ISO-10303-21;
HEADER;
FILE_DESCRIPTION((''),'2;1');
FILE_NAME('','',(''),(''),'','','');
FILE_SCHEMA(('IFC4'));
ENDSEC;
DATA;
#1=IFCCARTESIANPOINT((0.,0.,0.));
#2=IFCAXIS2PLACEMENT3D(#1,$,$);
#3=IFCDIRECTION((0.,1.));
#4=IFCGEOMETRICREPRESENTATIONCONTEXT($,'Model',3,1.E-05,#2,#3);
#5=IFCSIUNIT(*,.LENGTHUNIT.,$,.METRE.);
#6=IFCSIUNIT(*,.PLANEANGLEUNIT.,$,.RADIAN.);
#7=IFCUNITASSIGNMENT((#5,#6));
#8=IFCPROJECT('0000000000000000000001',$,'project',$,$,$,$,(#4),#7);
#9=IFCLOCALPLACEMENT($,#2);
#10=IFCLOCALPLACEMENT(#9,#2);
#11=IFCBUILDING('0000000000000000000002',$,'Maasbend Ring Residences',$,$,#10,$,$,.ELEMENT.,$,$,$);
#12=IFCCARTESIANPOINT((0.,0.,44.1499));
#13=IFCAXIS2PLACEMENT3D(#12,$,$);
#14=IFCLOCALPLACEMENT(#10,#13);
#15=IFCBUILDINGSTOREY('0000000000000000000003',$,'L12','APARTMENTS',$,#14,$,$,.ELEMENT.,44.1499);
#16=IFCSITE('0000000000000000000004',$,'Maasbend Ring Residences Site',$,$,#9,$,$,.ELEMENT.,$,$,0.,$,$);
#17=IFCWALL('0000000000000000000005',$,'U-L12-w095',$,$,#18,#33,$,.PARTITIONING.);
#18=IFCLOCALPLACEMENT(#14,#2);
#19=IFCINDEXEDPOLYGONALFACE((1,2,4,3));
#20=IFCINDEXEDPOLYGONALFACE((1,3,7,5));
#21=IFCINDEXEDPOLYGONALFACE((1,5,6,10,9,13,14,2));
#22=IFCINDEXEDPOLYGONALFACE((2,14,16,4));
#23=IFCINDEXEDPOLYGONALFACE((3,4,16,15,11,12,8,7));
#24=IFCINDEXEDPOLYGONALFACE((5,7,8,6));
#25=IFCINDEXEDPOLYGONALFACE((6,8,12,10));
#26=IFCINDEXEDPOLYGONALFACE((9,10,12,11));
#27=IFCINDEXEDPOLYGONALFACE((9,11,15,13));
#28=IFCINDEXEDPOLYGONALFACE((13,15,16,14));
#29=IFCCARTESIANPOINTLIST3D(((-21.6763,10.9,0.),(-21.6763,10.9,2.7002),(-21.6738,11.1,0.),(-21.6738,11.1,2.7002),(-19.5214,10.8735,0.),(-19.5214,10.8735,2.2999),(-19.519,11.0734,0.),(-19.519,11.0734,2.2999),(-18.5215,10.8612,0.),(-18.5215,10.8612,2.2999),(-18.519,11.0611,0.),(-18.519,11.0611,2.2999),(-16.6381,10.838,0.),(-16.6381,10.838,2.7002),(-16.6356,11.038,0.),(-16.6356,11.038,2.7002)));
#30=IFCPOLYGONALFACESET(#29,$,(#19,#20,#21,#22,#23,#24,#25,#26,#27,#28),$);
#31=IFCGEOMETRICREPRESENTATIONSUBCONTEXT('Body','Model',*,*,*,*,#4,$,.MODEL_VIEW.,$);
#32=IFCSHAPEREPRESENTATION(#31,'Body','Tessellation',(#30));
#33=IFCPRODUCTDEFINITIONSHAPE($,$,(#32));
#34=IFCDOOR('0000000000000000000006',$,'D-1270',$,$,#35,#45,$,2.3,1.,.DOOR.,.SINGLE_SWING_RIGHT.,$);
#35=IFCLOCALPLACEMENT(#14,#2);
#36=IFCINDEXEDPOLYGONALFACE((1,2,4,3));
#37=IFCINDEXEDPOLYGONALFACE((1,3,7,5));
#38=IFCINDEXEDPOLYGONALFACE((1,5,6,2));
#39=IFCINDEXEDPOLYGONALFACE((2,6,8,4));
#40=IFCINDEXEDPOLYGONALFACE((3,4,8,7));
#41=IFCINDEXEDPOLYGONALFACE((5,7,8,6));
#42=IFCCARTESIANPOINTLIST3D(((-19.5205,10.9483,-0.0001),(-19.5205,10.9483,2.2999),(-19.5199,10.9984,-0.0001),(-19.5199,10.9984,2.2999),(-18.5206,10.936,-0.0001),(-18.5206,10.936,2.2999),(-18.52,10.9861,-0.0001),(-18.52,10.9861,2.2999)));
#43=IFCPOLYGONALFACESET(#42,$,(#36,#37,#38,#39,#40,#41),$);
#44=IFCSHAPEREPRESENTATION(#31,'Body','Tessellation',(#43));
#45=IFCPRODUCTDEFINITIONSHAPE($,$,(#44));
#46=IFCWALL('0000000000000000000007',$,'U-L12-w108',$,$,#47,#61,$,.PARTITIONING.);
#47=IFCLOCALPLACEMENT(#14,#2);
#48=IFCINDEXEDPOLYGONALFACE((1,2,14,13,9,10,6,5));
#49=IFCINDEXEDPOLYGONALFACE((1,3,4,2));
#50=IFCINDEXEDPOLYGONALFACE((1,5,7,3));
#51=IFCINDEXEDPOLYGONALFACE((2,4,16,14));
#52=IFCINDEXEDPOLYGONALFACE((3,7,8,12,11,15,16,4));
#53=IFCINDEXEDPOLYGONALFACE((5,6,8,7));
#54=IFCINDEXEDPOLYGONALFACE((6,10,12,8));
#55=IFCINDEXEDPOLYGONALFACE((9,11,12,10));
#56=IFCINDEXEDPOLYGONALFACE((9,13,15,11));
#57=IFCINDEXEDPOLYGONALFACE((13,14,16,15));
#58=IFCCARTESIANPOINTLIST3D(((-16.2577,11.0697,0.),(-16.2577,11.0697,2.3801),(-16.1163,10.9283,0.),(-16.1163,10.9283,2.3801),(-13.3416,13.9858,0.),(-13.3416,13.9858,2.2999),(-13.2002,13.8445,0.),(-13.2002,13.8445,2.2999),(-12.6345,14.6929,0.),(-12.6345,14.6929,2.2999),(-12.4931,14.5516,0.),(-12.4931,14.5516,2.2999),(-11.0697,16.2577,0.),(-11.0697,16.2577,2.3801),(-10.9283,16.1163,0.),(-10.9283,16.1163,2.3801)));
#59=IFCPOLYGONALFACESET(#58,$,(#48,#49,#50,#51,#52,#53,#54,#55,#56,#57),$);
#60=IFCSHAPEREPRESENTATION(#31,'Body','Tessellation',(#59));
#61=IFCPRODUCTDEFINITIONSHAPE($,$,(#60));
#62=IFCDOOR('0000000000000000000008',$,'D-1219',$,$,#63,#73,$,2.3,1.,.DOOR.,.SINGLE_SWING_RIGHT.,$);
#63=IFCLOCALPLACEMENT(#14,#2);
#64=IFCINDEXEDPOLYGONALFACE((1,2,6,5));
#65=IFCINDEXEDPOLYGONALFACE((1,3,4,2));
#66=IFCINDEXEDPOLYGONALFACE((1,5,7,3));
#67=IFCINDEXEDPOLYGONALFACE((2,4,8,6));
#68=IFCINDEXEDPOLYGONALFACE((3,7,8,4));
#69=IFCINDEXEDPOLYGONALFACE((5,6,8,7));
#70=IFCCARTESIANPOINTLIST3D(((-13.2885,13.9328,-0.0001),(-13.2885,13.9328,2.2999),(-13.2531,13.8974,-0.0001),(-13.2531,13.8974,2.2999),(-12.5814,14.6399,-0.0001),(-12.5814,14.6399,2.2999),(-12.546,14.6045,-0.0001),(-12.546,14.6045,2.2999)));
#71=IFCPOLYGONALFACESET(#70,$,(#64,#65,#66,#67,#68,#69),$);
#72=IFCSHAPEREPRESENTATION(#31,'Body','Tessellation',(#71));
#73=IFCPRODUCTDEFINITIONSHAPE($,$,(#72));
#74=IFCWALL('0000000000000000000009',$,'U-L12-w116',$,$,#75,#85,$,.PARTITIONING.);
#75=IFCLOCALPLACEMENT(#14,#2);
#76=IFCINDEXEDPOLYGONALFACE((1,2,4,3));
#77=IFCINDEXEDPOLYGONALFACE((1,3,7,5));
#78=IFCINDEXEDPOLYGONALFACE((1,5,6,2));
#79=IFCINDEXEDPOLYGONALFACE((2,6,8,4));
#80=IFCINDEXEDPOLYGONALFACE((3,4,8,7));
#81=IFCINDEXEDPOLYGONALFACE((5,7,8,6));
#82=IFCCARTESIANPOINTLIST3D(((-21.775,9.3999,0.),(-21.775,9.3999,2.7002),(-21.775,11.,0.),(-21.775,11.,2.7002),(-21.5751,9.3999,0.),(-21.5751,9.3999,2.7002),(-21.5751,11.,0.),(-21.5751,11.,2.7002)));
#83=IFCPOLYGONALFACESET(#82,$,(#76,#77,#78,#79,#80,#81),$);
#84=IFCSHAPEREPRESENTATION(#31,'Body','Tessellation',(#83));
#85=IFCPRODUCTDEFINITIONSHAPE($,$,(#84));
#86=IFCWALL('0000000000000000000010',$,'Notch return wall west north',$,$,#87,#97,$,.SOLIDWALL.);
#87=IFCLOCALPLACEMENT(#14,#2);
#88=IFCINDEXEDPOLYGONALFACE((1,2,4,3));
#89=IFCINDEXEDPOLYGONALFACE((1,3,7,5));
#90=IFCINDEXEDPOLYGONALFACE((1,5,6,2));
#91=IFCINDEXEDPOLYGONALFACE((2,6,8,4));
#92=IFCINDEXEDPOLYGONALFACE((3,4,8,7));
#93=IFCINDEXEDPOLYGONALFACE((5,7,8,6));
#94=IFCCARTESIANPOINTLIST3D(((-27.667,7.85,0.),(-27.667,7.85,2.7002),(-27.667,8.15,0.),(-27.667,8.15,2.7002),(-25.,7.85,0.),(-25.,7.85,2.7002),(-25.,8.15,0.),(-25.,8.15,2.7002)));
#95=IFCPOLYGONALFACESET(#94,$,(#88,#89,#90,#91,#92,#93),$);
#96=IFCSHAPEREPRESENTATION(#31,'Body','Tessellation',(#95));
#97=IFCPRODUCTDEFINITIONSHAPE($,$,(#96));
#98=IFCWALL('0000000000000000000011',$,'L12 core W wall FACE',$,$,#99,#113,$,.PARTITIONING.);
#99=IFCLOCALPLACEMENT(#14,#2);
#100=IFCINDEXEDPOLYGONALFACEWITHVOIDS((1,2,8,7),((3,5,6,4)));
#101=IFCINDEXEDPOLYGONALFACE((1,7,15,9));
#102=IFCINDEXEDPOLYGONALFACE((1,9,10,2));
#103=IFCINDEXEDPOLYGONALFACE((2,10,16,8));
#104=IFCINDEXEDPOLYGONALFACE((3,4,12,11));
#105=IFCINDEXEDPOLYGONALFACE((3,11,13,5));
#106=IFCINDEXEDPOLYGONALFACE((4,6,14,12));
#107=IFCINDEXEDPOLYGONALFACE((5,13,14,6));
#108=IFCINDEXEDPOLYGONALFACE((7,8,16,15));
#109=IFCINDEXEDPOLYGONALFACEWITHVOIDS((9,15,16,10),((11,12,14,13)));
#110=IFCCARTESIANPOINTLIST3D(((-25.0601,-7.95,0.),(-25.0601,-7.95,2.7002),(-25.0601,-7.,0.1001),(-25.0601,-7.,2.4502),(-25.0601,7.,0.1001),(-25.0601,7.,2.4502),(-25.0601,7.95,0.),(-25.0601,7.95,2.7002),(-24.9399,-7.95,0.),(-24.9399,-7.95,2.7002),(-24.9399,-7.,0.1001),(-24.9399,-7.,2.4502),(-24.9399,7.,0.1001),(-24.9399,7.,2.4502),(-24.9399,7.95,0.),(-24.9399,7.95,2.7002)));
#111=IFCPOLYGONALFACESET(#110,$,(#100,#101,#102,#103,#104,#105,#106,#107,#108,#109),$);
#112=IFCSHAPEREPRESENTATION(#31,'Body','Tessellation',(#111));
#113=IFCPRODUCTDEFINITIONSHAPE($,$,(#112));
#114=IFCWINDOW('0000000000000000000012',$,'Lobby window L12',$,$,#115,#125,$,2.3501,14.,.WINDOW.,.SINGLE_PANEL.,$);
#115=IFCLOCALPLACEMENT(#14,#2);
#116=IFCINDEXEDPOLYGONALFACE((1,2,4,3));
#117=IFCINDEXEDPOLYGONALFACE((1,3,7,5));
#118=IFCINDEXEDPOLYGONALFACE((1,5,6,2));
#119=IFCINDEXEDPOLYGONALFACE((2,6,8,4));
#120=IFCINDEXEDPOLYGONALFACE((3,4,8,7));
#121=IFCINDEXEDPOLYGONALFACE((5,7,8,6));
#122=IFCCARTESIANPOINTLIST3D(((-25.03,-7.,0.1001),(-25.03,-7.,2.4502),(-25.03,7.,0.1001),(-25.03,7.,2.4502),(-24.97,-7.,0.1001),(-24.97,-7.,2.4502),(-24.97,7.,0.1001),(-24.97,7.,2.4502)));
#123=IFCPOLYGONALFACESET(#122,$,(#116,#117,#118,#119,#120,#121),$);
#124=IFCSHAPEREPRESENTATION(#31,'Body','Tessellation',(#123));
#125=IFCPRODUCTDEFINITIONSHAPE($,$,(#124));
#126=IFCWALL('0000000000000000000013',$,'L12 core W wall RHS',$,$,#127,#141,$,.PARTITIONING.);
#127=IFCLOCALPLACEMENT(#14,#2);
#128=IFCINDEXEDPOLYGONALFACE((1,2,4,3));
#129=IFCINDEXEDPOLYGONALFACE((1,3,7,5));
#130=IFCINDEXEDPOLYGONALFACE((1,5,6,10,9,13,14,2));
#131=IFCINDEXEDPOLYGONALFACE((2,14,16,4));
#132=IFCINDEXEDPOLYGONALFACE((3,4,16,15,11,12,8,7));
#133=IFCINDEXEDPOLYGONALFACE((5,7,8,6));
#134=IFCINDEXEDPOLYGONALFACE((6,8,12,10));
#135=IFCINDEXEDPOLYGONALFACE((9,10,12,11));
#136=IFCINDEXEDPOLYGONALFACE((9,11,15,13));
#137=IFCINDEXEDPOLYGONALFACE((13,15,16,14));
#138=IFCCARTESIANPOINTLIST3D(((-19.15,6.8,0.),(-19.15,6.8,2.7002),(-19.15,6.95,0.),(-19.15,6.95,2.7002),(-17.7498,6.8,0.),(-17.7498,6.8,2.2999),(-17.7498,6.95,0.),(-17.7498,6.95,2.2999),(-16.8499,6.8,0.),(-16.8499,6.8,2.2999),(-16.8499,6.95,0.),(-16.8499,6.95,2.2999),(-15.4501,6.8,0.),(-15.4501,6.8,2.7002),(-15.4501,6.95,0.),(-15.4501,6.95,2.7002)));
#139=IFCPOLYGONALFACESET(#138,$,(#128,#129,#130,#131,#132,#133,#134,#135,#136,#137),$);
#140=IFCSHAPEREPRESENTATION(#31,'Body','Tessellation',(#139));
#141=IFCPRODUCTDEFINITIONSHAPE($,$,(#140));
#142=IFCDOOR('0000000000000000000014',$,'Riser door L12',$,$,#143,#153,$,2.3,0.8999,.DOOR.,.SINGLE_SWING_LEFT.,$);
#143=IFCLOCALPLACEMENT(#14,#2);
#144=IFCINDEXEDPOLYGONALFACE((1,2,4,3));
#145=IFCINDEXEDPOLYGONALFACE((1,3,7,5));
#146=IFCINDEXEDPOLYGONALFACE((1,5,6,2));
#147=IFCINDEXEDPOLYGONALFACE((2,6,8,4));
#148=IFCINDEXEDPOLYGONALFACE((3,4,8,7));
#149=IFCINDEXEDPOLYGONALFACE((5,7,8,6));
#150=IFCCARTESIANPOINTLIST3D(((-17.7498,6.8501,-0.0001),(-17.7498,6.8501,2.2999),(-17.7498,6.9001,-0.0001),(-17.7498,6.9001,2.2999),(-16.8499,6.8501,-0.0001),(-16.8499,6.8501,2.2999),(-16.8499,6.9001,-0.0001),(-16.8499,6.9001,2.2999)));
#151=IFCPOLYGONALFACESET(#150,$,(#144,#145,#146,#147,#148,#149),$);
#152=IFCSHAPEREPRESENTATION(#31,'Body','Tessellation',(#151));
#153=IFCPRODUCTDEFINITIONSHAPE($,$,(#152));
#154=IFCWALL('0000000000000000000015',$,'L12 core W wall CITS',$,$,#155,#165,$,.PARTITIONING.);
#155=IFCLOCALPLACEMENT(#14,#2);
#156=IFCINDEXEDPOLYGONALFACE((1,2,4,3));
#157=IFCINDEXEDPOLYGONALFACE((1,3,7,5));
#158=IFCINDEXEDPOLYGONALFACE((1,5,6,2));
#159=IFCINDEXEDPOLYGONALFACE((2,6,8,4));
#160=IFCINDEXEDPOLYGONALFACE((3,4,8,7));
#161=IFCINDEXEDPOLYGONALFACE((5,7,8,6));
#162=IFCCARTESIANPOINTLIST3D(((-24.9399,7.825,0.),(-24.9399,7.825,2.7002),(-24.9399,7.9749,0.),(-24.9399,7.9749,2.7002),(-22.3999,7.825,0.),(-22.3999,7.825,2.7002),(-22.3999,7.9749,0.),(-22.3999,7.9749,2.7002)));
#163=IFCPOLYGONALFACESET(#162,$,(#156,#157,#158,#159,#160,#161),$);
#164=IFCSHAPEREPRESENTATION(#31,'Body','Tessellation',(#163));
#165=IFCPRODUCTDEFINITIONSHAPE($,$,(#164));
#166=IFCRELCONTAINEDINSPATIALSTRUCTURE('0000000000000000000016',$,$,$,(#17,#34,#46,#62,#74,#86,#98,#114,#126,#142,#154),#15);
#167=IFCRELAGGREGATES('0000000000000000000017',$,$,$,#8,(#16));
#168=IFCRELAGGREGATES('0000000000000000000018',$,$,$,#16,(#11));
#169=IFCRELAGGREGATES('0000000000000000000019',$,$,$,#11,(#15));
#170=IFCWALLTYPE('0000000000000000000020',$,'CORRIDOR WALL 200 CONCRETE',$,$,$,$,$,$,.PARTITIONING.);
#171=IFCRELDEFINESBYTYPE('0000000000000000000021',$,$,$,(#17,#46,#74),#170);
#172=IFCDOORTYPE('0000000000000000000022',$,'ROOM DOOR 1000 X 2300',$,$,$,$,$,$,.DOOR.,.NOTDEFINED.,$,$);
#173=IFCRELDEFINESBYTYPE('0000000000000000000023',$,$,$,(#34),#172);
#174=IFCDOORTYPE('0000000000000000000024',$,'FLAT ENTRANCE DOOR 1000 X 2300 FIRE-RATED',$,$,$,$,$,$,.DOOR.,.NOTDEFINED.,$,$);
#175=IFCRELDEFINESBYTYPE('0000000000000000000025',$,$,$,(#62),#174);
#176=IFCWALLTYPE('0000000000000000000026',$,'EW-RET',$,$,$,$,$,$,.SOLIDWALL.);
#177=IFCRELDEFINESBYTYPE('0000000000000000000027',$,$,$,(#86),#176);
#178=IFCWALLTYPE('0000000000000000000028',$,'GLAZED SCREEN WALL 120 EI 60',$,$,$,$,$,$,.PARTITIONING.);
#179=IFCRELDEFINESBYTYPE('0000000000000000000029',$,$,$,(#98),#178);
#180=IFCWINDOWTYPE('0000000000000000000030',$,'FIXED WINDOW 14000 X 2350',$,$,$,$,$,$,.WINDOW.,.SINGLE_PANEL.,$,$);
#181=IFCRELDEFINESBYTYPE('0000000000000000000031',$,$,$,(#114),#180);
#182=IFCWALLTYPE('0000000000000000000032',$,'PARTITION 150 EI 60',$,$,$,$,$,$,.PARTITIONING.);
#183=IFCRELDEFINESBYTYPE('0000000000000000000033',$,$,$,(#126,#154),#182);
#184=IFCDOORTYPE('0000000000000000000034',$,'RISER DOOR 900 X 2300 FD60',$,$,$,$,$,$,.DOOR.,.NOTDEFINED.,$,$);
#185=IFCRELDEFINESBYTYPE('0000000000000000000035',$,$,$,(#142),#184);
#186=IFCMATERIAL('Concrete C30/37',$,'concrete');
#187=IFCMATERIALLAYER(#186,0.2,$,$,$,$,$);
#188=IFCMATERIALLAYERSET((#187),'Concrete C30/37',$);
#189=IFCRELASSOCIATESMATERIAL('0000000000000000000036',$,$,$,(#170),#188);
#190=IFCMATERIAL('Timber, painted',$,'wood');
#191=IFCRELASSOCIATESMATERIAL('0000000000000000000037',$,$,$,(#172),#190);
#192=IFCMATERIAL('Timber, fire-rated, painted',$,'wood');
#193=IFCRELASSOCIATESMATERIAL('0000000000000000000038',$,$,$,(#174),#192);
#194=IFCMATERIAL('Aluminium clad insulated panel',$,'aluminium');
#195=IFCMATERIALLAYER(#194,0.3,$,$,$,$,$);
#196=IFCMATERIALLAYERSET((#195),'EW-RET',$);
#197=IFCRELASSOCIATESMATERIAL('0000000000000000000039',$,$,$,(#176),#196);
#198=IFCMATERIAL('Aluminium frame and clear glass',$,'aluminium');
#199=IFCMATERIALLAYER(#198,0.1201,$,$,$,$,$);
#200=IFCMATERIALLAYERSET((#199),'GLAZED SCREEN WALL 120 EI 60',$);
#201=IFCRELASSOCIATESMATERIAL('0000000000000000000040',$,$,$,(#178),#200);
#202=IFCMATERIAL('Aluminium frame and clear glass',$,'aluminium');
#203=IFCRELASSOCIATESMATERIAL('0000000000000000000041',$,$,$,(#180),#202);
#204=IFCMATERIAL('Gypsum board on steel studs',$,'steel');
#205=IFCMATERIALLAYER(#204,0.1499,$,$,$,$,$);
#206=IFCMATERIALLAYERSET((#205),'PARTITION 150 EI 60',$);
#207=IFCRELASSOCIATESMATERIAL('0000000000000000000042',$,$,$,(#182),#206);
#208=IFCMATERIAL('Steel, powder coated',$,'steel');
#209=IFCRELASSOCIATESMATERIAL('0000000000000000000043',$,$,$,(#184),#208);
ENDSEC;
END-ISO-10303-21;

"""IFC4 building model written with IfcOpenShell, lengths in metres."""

from ifc_helpers import new_model, si_unit, direction, frame, frame_2d, origin, place, context, subcontext, project, spatial, rectangle, extrude, material, layer, layer_set, type_object, element, fill, save


model = new_model("IFC4")

# Units and contexts
model_context = context("Model", 3, precision=1e-05, world=origin(), true_north=direction((0.0, 1.0)))
body_context = subcontext(model_context, "Body", "Model", "MODEL_VIEW")
ifc_project = project(units=[si_unit("LENGTHUNIT", "METRE"), si_unit("PLANEANGLEUNIT", "RADIAN")], contexts=[model_context])

# Site, building, storey
site_placement = place(None, origin())
site = spatial("IfcSite", under=ifc_project, at=site_placement, Name="Maasbend Ring Residences Site", CompositionType="ELEMENT", RefElevation=0.0)
building_placement = place(site_placement, origin())
building = spatial("IfcBuilding", under=site, at=building_placement, Name="Maasbend Ring Residences", CompositionType="ELEMENT")
storey_placement = place(building_placement, frame((0.0, 0.0, 44.1499)))
storey = spatial("IfcBuildingStorey", under=building, at=storey_placement, Name="L12", Description="APARTMENTS", CompositionType="ELEMENT", Elevation=44.1499)

# Walls, openings, doors
ifc_material_1 = material(Name="Concrete C30/37", Category="concrete")
ifc_layer_1 = layer(ifc_material_1, 0.2)
ifc_layer_set_1 = layer_set([ifc_layer_1], Name="Concrete C30/37")
wall_type_1 = type_object("IfcWallType", Name="CORRIDOR WALL 200 CONCRETE", PredefinedType="PARTITIONING", material=ifc_layer_set_1)
wall_1_placement = place(storey_placement, frame((-21.675, 11.0, 0.0), z_axis=(0.0, 0.0, 1.0), x_axis=(0.999924, -0.012308, 0.0)))
wall_1 = element("IfcWall", 1, at=wall_1_placement, inside=storey, type_object=wall_type_1, Name="U-L12-w095", PredefinedType="PARTITIONING", context=body_context, shape_type="SweptSolid", body=[
    extrude(rectangle(XDim=5.0386, YDim=0.2, at=frame_2d((2.5193, 0.0))), origin(), (0.0, 0.0, 1.0), 2.7002),
])
opening_1_placement = place(wall_1_placement, frame((2.155, 0.0, 0.0)))
opening_1 = element("IfcOpeningElement", 2, at=opening_1_placement, cuts=wall_1, PredefinedType="OPENING", context=body_context, shape_type="SweptSolid", body=[
    extrude(rectangle(XDim=1.0, YDim=2.3, at=frame_2d((0.5, 1.1499))), frame((0.0, 0.1099, 0.0), z_axis=(0.0, -1.0, 0.0), x_axis=(1.0, 0.0, 0.0)), (0.0, 0.0, 1.0), 0.22),
])
ifc_material_2 = material(Name="Timber, painted", Category="wood")
door_type_1 = type_object("IfcDoorType", Name="ROOM DOOR 1000 X 2300", OperationType="NOTDEFINED", PredefinedType="DOOR", material=ifc_material_2)
door_1_placement = place(opening_1_placement, origin())
door_1 = element("IfcDoor", 3, at=door_1_placement, inside=storey, type_object=door_type_1, Name="D-1270", OperationType="SINGLE_SWING_RIGHT", OverallHeight=2.3, OverallWidth=1.0, PredefinedType="DOOR", context=body_context, shape_type="SweptSolid", body=[
    extrude(rectangle(XDim=1.0, YDim=2.3, at=frame_2d((0.5, 1.1499))), frame((0.0, 0.0249, 0.0), z_axis=(0.0, -1.0, 0.0), x_axis=(1.0, 0.0, 0.0)), (0.0, 0.0, 1.0), 0.05),
])
fill(opening_1, door_1)
wall_2_placement = place(storey_placement, frame((-16.187, 10.999, 0.0), z_axis=(0.0, 0.0, 1.0), x_axis=(0.707107, 0.707107, 0.0)))
wall_2 = element("IfcWall", 4, at=wall_2_placement, inside=storey, type_object=wall_type_1, Name="U-L12-w108", PredefinedType="PARTITIONING", context=body_context, shape_type="SweptSolid", body=[
    extrude(rectangle(XDim=7.3369, YDim=0.2, at=frame_2d((3.6685, 0.0))), origin(), (0.0, 0.0, 1.0), 2.3801),
])
opening_2_placement = place(wall_2_placement, frame((4.124, 0.0, 0.0)))
opening_2 = element("IfcOpeningElement", 5, at=opening_2_placement, cuts=wall_2, PredefinedType="OPENING", context=body_context, shape_type="SweptSolid", body=[
    extrude(rectangle(XDim=1.0, YDim=2.3, at=frame_2d((0.5, 1.1499))), frame((0.0, 0.1099, 0.0), z_axis=(0.0, -1.0, 0.0), x_axis=(1.0, 0.0, 0.0)), (0.0, 0.0, 1.0), 0.22),
])
ifc_material_3 = material(Name="Timber, fire-rated, painted", Category="wood")
door_type_2 = type_object("IfcDoorType", Name="FLAT ENTRANCE DOOR 1000 X 2300 FIRE-RATED", OperationType="NOTDEFINED", PredefinedType="DOOR", material=ifc_material_3)
door_2_placement = place(opening_2_placement, origin())
door_2 = element("IfcDoor", 6, at=door_2_placement, inside=storey, type_object=door_type_2, Name="D-1219", OperationType="SINGLE_SWING_RIGHT", OverallHeight=2.3, OverallWidth=1.0, PredefinedType="DOOR", context=body_context, shape_type="SweptSolid", body=[
    extrude(rectangle(XDim=1.0, YDim=2.3, at=frame_2d((0.5, 1.1499))), frame((0.0, 0.0249, 0.0), z_axis=(0.0, -1.0, 0.0), x_axis=(1.0, 0.0, 0.0)), (0.0, 0.0, 1.0), 0.05),
])
fill(opening_2, door_2)

# Walls
wall_3_placement = place(storey_placement, frame((-21.675, 9.3999, 0.0), z_axis=(0.0, 0.0, 1.0), x_axis=(0.0, 1.0, 0.0)))
element("IfcWall", 7, at=wall_3_placement, inside=storey, type_object=wall_type_1, Name="U-L12-w116", PredefinedType="PARTITIONING", context=body_context, shape_type="SweptSolid", body=[
    extrude(rectangle(XDim=1.6001, YDim=0.2, at=frame_2d((0.8, 0.0))), origin(), (0.0, 0.0, 1.0), 2.7002),
])
ifc_material_4 = material(Name="Aluminium clad insulated panel", Category="aluminium")
ifc_layer_2 = layer(ifc_material_4, 0.3)
ifc_layer_set_2 = layer_set([ifc_layer_2], Name="EW-RET")
wall_type_2 = type_object("IfcWallType", Name="EW-RET", PredefinedType="SOLIDWALL", material=ifc_layer_set_2)
wall_4_placement = place(storey_placement, frame((-25.0, 8.0, 0.0), z_axis=(0.0, 0.0, 1.0), x_axis=(-1.0, 0.0, 0.0)))
element("IfcWall", 8, at=wall_4_placement, inside=storey, type_object=wall_type_2, Name="Notch return wall west north", PredefinedType="SOLIDWALL", context=body_context, shape_type="SweptSolid", body=[
    extrude(rectangle(XDim=2.667, YDim=0.3, at=frame_2d((1.3335, 0.0))), origin(), (0.0, 0.0, 1.0), 2.7002),
])

# Wall, opening, window
ifc_material_5 = material(Name="Aluminium frame and clear glass", Category="aluminium")
ifc_layer_3 = layer(ifc_material_5, 0.1201)
ifc_layer_set_3 = layer_set([ifc_layer_3], Name="GLAZED SCREEN WALL 120 EI 60")
wall_type_3 = type_object("IfcWallType", Name="GLAZED SCREEN WALL 120 EI 60", PredefinedType="PARTITIONING", material=ifc_layer_set_3)
wall_5_placement = place(storey_placement, frame((-25.0, 7.95, 0.0), z_axis=(0.0, 0.0, 1.0), x_axis=(0.0, -1.0, 0.0)))
wall_5 = element("IfcWall", 9, at=wall_5_placement, inside=storey, type_object=wall_type_3, Name="L12 core W wall FACE", PredefinedType="PARTITIONING", context=body_context, shape_type="SweptSolid", body=[
    extrude(rectangle(XDim=15.8999, YDim=0.1201, at=frame_2d((7.95, 0.0))), origin(), (0.0, 0.0, 1.0), 2.7002),
])
opening_3_placement = place(wall_5_placement, frame((0.95, 0.0, 0.1001)))
opening_3 = element("IfcOpeningElement", 10, at=opening_3_placement, cuts=wall_5, PredefinedType="OPENING", context=body_context, shape_type="SweptSolid", body=[
    extrude(rectangle(XDim=14.0, YDim=2.3501, at=frame_2d((7.0, 1.175))), frame((0.0, 0.0701, 0.0), z_axis=(0.0, -1.0, 0.0), x_axis=(1.0, 0.0, 0.0)), (0.0, 0.0, 1.0), 0.1401),
])
ifc_material_6 = material(Name="Aluminium frame and clear glass", Category="aluminium")
window_type = type_object("IfcWindowType", Name="FIXED WINDOW 14000 X 2350", PartitioningType="SINGLE_PANEL", PredefinedType="WINDOW", material=ifc_material_6)
window_placement = place(opening_3_placement, origin())
window = element("IfcWindow", 11, at=window_placement, inside=storey, type_object=window_type, Name="Lobby window L12", OverallHeight=2.3501, OverallWidth=14.0, PartitioningType="SINGLE_PANEL", PredefinedType="WINDOW", context=body_context, shape_type="SweptSolid", body=[
    extrude(rectangle(XDim=14.0, YDim=2.3501, at=frame_2d((7.0, 1.175))), frame((0.0, 0.03, 0.0), z_axis=(0.0, -1.0, 0.0), x_axis=(1.0, 0.0, 0.0)), (0.0, 0.0, 1.0), 0.0601),
])
fill(opening_3, window)

# Wall, opening, door
ifc_material_7 = material(Name="Gypsum board on steel studs", Category="steel")
ifc_layer_4 = layer(ifc_material_7, 0.1499)
ifc_layer_set_4 = layer_set([ifc_layer_4], Name="PARTITION 150 EI 60")
wall_type_4 = type_object("IfcWallType", Name="PARTITION 150 EI 60", PredefinedType="PARTITIONING", material=ifc_layer_set_4)
wall_6_placement = place(storey_placement, frame((-15.45, 6.875, 0.0), z_axis=(0.0, 0.0, 1.0), x_axis=(-1.0, 0.0, 0.0)))
wall_6 = element("IfcWall", 12, at=wall_6_placement, inside=storey, type_object=wall_type_4, Name="L12 core W wall RHS", PredefinedType="PARTITIONING", context=body_context, shape_type="SweptSolid", body=[
    extrude(rectangle(XDim=3.7, YDim=0.1499, at=frame_2d((1.8501, 0.0))), origin(), (0.0, 0.0, 1.0), 2.7002),
])
opening_4_placement = place(wall_6_placement, frame((1.3999, 0.0, 0.0)))
opening_4 = element("IfcOpeningElement", 13, at=opening_4_placement, cuts=wall_6, PredefinedType="OPENING", context=body_context, shape_type="SweptSolid", body=[
    extrude(rectangle(XDim=0.8999, YDim=2.3, at=frame_2d((0.45, 1.1499))), frame((0.0, 0.085, 0.0), z_axis=(0.0, -1.0, 0.0), x_axis=(1.0, 0.0, 0.0)), (0.0, 0.0, 1.0), 0.1699),
])
ifc_material_8 = material(Name="Steel, powder coated", Category="steel")
door_type_3 = type_object("IfcDoorType", Name="RISER DOOR 900 X 2300 FD60", OperationType="NOTDEFINED", PredefinedType="DOOR", material=ifc_material_8)
door_3_placement = place(opening_4_placement, origin())
door_3 = element("IfcDoor", 14, at=door_3_placement, inside=storey, type_object=door_type_3, Name="Riser door L12", OperationType="SINGLE_SWING_LEFT", OverallHeight=2.3, OverallWidth=0.8999, PredefinedType="DOOR", context=body_context, shape_type="SweptSolid", body=[
    extrude(rectangle(XDim=0.8999, YDim=2.3, at=frame_2d((0.45, 1.1499))), frame((0.0, 0.0249, 0.0), z_axis=(0.0, -1.0, 0.0), x_axis=(1.0, 0.0, 0.0)), (0.0, 0.0, 1.0), 0.05),
])
fill(opening_4, door_3)

# Wall
wall_7_placement = place(storey_placement, frame((-22.3999, 7.8999, 0.0), z_axis=(0.0, 0.0, 1.0), x_axis=(-1.0, 0.0, 0.0)))
element("IfcWall", 15, at=wall_7_placement, inside=storey, type_object=wall_type_4, Name="L12 core W wall CITS", PredefinedType="PARTITIONING", context=body_context, shape_type="SweptSolid", body=[
    extrude(rectangle(XDim=2.54, YDim=0.1499, at=frame_2d((1.27, 0.0))), origin(), (0.0, 0.0, 1.0), 2.7002),
])

save(model, "model.ifc")
